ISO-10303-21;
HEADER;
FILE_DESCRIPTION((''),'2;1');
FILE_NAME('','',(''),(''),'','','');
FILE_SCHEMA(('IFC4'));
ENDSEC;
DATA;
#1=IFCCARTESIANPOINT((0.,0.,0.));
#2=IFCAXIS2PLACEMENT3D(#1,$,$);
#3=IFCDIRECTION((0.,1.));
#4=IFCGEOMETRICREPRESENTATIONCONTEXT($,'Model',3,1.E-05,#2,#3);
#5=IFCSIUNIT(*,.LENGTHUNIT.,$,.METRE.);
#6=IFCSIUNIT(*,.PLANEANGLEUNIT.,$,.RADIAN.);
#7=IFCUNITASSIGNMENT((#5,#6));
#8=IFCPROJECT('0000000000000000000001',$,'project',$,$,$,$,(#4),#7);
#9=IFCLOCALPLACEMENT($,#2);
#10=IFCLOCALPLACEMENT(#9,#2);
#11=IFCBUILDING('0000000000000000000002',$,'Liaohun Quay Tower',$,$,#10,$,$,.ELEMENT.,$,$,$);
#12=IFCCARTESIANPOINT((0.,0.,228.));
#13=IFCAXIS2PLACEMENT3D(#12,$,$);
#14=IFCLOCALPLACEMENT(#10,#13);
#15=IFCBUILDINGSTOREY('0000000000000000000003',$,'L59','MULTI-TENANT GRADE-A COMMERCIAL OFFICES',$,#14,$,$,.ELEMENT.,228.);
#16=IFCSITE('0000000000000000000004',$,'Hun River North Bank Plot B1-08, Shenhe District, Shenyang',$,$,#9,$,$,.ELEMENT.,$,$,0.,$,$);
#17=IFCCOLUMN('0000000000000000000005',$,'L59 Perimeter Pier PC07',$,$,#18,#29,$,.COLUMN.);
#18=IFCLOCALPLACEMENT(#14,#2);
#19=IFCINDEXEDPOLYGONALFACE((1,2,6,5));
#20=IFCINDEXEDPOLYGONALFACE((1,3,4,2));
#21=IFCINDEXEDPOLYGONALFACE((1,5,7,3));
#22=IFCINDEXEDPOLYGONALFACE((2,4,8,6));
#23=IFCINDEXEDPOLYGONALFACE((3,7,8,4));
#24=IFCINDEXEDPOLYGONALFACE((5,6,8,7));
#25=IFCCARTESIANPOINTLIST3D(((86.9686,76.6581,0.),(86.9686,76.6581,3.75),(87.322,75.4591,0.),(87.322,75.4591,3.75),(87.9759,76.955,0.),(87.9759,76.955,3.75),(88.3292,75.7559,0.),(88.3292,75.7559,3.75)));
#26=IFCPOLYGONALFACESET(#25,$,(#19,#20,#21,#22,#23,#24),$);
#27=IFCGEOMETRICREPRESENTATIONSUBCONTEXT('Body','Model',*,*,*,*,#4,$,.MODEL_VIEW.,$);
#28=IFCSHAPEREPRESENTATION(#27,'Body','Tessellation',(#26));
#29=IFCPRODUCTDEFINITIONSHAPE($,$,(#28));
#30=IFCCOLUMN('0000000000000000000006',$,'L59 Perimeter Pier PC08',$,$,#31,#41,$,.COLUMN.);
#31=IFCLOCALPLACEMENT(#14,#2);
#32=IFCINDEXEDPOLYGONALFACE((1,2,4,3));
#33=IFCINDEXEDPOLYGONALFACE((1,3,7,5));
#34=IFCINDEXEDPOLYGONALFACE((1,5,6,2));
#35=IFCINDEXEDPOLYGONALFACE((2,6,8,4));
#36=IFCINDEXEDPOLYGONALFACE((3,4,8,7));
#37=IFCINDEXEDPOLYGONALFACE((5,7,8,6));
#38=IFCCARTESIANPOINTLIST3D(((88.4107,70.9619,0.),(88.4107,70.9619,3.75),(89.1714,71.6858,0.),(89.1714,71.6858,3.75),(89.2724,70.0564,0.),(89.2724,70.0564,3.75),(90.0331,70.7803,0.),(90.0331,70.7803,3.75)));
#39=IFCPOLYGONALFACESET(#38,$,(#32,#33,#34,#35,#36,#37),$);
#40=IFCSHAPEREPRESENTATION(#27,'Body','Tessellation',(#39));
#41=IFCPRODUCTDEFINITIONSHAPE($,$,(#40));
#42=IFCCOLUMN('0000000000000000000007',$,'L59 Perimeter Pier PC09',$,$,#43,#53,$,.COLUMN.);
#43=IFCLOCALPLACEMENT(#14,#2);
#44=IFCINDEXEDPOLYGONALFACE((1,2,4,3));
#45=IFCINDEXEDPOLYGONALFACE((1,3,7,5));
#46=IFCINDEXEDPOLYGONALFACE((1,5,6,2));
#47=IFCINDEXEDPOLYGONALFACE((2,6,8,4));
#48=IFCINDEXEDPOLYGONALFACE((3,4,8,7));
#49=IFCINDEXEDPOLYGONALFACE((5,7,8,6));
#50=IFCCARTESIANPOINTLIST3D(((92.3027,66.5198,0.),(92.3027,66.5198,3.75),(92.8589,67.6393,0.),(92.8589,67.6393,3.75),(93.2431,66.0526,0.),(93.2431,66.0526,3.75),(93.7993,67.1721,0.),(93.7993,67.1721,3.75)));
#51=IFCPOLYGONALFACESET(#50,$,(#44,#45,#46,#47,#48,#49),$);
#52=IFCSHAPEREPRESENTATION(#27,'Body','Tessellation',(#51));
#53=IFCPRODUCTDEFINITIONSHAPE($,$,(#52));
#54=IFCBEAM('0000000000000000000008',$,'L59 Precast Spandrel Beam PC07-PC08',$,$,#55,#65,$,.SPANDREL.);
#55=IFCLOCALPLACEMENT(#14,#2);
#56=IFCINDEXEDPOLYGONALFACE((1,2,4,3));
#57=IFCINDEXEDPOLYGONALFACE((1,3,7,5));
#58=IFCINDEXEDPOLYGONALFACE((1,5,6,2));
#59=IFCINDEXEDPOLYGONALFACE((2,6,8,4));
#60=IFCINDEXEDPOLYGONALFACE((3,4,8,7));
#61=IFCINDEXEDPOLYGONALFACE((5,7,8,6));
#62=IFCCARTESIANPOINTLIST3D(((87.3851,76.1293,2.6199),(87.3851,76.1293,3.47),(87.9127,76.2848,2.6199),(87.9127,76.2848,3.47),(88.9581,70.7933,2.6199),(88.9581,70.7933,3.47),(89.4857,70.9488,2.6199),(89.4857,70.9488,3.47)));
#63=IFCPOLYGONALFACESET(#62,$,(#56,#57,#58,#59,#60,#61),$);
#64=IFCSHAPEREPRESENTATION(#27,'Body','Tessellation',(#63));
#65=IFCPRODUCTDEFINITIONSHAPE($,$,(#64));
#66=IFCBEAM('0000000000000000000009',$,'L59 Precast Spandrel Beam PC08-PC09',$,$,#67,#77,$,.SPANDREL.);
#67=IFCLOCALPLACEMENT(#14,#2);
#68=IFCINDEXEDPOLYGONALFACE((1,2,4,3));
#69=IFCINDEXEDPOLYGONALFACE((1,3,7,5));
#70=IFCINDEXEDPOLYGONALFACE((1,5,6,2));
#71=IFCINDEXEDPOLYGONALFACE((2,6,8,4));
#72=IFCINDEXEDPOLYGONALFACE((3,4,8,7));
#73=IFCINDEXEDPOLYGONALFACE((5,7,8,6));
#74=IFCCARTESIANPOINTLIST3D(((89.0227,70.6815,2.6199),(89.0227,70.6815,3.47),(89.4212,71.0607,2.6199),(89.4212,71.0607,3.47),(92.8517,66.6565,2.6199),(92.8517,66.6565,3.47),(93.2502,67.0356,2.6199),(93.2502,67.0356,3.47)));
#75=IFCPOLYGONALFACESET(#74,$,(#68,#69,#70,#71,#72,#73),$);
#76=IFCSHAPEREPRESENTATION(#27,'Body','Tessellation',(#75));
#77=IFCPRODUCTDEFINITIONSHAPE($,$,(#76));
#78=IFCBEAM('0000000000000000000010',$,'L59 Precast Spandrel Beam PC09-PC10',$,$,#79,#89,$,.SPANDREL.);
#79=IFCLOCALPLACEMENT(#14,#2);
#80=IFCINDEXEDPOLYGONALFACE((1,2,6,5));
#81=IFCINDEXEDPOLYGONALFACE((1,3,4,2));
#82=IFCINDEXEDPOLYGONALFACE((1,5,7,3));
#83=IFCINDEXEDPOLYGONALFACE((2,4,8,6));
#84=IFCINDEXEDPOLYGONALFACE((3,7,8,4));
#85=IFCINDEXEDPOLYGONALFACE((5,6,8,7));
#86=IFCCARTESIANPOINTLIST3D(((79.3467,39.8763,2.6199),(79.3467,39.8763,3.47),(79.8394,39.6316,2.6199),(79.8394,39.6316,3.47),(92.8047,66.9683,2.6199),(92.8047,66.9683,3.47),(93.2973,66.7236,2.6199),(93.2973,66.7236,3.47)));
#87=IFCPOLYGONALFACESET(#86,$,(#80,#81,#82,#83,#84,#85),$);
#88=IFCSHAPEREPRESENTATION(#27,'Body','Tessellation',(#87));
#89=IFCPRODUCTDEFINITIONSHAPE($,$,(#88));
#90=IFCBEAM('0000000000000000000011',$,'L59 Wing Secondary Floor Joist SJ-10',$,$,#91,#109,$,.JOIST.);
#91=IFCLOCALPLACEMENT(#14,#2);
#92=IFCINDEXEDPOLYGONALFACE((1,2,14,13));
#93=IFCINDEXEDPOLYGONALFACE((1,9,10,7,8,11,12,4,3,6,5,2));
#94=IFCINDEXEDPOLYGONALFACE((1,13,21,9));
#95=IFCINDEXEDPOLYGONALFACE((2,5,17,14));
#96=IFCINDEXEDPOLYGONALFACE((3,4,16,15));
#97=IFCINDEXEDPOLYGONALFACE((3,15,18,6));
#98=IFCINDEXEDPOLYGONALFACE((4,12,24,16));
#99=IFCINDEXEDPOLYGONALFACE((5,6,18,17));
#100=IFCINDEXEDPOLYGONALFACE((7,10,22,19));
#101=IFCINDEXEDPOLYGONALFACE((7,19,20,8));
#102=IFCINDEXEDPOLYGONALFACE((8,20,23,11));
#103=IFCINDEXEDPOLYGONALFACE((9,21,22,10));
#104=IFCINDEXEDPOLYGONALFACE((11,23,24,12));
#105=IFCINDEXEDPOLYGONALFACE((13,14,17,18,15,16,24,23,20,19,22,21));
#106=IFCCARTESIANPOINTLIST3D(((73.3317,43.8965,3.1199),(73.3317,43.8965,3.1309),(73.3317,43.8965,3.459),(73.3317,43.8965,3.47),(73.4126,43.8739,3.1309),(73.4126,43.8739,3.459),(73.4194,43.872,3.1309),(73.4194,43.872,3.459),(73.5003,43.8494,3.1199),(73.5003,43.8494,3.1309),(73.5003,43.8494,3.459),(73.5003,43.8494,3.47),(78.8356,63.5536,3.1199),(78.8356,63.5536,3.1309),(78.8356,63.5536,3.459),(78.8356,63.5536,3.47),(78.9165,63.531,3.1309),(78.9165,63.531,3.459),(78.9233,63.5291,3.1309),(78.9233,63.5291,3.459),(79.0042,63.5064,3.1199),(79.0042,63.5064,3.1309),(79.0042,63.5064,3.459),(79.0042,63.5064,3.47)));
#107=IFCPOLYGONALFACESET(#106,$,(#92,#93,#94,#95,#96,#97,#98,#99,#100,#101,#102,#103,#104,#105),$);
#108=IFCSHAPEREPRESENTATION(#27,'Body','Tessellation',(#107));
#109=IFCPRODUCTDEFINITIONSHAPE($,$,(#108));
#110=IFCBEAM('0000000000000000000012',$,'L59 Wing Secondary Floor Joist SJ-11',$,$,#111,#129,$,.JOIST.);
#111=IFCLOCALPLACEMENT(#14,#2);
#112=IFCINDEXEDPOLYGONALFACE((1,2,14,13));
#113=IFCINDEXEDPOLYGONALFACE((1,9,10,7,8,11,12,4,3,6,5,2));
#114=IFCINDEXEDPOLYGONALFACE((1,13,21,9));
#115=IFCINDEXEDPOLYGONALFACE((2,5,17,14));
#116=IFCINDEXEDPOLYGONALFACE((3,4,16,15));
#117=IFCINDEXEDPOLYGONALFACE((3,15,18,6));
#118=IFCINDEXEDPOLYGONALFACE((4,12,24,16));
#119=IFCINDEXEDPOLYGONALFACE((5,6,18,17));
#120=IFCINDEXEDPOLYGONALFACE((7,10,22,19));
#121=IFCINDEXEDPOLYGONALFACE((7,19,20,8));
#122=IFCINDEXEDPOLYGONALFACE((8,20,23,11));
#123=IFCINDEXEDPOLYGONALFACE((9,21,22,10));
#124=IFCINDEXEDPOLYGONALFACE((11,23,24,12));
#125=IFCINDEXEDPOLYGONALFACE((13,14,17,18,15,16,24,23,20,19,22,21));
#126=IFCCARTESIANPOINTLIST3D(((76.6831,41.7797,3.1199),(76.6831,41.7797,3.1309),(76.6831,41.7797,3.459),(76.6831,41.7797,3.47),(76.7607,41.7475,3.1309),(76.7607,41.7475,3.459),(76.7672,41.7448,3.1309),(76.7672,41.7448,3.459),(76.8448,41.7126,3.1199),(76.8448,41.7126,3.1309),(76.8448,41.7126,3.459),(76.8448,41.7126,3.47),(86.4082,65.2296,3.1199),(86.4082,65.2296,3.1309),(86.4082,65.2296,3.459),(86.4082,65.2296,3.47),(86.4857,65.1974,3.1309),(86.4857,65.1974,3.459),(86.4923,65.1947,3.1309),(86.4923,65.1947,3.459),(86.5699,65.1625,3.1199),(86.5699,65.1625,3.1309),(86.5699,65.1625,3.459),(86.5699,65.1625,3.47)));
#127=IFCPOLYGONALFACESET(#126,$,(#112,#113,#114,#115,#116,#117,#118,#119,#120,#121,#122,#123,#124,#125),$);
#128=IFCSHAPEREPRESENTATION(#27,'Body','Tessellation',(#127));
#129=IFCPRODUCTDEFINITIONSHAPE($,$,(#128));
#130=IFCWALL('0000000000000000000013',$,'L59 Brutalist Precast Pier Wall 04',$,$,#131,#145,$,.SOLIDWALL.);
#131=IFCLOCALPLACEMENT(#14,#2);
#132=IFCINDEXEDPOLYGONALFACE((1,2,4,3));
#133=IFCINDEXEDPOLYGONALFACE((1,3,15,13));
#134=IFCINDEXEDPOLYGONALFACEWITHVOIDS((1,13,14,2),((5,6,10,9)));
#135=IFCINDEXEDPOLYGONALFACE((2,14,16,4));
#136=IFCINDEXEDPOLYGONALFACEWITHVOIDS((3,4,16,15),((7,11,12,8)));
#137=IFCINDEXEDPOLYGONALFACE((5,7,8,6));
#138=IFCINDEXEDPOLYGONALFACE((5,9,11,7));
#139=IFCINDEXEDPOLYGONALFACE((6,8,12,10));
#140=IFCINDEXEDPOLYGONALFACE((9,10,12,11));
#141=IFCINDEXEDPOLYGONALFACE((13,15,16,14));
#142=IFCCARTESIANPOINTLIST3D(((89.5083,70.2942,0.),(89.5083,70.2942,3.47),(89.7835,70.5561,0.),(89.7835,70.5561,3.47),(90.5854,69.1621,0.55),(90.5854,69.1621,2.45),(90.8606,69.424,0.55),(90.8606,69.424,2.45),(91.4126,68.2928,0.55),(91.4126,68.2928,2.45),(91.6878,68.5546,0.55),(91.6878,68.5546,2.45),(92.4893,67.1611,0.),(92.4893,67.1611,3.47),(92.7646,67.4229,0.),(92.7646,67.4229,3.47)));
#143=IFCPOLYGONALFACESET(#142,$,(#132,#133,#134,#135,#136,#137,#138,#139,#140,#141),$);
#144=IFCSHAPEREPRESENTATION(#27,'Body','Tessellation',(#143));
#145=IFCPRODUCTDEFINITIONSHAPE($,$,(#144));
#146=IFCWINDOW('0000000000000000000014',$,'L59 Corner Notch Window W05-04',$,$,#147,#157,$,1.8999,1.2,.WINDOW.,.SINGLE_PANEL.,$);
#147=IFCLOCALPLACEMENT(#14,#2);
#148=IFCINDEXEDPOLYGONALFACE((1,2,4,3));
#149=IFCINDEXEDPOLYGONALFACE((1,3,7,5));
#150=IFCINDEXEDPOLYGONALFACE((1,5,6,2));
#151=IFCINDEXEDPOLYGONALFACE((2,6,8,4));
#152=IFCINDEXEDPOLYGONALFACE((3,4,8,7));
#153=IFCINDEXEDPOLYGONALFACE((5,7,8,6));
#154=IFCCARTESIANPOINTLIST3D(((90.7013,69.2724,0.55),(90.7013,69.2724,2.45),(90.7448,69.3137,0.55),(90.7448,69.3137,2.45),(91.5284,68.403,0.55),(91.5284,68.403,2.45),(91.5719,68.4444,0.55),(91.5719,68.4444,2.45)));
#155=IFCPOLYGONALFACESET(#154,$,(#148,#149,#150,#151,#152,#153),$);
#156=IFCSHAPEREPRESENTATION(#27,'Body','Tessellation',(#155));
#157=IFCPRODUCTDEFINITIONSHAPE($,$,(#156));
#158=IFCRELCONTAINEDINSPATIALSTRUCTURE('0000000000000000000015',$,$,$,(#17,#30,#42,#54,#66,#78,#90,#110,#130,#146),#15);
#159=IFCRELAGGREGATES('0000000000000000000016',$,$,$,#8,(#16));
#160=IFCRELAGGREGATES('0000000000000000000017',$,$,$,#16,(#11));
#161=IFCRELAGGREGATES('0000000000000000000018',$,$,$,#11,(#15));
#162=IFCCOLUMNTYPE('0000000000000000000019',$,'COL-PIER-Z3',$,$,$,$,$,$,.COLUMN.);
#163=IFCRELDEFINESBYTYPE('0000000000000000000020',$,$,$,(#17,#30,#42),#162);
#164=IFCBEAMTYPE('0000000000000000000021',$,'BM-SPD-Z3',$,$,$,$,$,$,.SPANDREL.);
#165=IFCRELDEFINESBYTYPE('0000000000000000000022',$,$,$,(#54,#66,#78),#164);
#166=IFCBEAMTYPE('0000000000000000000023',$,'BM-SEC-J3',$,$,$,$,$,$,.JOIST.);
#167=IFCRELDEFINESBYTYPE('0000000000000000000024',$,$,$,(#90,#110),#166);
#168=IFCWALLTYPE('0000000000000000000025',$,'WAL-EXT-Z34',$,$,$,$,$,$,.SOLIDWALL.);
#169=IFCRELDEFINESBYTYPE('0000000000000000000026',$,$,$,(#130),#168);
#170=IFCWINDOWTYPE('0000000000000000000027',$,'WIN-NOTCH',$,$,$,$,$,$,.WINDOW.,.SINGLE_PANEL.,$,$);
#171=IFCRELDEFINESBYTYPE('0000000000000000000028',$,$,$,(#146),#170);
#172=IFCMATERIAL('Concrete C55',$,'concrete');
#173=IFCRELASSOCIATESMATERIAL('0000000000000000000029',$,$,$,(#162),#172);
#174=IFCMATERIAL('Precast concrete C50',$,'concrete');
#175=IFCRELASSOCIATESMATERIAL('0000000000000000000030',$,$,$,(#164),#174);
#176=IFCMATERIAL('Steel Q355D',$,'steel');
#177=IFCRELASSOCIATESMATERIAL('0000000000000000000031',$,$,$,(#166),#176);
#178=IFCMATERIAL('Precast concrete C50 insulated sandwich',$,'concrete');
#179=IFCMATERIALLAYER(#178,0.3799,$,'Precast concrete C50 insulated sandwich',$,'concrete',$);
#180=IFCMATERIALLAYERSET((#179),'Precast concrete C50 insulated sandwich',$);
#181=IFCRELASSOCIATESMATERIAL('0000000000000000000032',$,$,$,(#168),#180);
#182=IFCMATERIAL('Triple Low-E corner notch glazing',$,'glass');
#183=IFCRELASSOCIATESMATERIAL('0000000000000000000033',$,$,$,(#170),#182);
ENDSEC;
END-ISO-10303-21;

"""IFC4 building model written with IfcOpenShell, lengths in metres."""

from ifc_helpers import new_model, si_unit, direction, frame, frame_2d, origin, origin_2d, place, context, subcontext, project, spatial, rectangle, i_section, extrude, source, transform, mapped, material, layer, layer_set, material_profile, profile_set, type_object, element, fill, save


model = new_model("IFC4")

# Units and contexts
model_context = context("Model", 3, precision=1e-05, world=origin(), true_north=direction((0.0, 1.0)))
body_context = subcontext(model_context, "Body", "Model", "MODEL_VIEW")
ifc_project = project(units=[si_unit("LENGTHUNIT", "METRE"), si_unit("PLANEANGLEUNIT", "RADIAN")], contexts=[model_context])

# Site, building, storey
site_placement = place(None, origin())
site = spatial("IfcSite", under=ifc_project, at=site_placement, Name="Hun River North Bank Plot B1-08, Shenhe District, Shenyang", CompositionType="ELEMENT", RefElevation=0.0)
building_placement = place(site_placement, origin())
building = spatial("IfcBuilding", under=site, at=building_placement, Name="Liaohun Quay Tower", CompositionType="ELEMENT")
storey_placement = place(building_placement, frame((0.0, 0.0, 228.0)))
storey = spatial("IfcBuildingStorey", under=building, at=storey_placement, Name="L59", Description="MULTI-TENANT GRADE-A COMMERCIAL OFFICES", CompositionType="ELEMENT", Elevation=228.0)

# Columns
ifc_material_1 = material(Name="Concrete C55", Category="concrete")
ifc_material_profile_1 = material_profile(ifc_material_1, rectangle(XDim=1.25, YDim=1.05, at=origin_2d()), Name="RC1250x1050")
ifc_profile_set_1 = profile_set([ifc_material_profile_1], Name="Concrete C55")
column_type = type_object("IfcColumnType", Name="COL-PIER-Z3", PredefinedType="COLUMN", material=ifc_profile_set_1)
shared_shape_1 = source(origin(), body_context, "Body", "SweptSolid", [
    extrude(rectangle(XDim=1.25, YDim=1.05, at=origin_2d()), origin(), (0.0, 0.0, 1.0), 3.75),
])
for number, where, z_axis, x_axis, name in (
    (1, (87.6489, 76.207, 0.0), (0.0, 0.0, 1.0), (-0.282676, 0.959215, 0.0), "L59 Perimeter Pier PC07"),
    (2, (89.2219, 70.8711, 0.0), (0.0, 0.0, 1.0), (-0.689367, 0.724413, 0.0), "L59 Perimeter Pier PC08"),
    (3, (93.051, 66.8459, 0.0), (0.0, 0.0, 1.0), (0.444948, 0.895556, 0.0), "L59 Perimeter Pier PC09"),
):
    element("IfcColumn", number, at=place(storey_placement, frame(where, z_axis=z_axis, x_axis=x_axis)), inside=storey, type_object=column_type, Name=name, PredefinedType="COLUMN", context=body_context, shape_type="MappedRepresentation", body=[
        mapped(shared_shape_1, transform((0.0, 0.0, 0.0), x_axis=(1.0, 0.0, 0.0), y_axis=(0.0, 1.0, 0.0), z_axis=(0.0, 0.0, 1.0), scale=1.0)),
    ])

# Beams
ifc_material_2 = material(Name="Precast concrete C50", Category="concrete")
ifc_material_profile_2 = material_profile(ifc_material_2, rectangle(XDim=0.55, YDim=0.8501, at=origin_2d()), Name="RC550x850")
ifc_profile_set_2 = profile_set([ifc_material_profile_2], Name="Precast concrete C50")
beam_type_1 = type_object("IfcBeamType", Name="BM-SPD-Z3", PredefinedType="SPANDREL", material=ifc_profile_set_2)
shared_shape_2 = source(origin(), body_context, "Body", "SweptSolid", [
    extrude(rectangle(XDim=0.55, YDim=0.8501, at=origin_2d()), origin(), (0.0, 0.0, 1.0), 5.563),
])
beam_1_placement = place(storey_placement, frame((87.6489, 76.207, 3.0449), z_axis=(0.282763, -0.95919, 0.0), x_axis=(0.95919, 0.282763, 0.0)))
element("IfcBeam", 4, at=beam_1_placement, inside=storey, type_object=beam_type_1, Name="L59 Precast Spandrel Beam PC07-PC08", PredefinedType="SPANDREL", context=body_context, shape_type="MappedRepresentation", body=[
    mapped(shared_shape_2, transform((0.0, 0.0, 0.0), x_axis=(1.0, 0.0, 0.0), y_axis=(0.0, 1.0, 0.0), z_axis=(0.0, 0.0, 1.0), scale=1.0)),
])
shared_shape_3 = source(origin(), body_context, "Body", "SweptSolid", [
    extrude(rectangle(XDim=0.55, YDim=0.8501, at=origin_2d()), origin(), (0.0, 0.0, 1.0), 5.5554),
])
beam_2_placement = place(storey_placement, frame((89.2219, 70.8711, 3.0449), z_axis=(0.689242, -0.724531, 0.0), x_axis=(0.724531, 0.689242, 0.0)))
element("IfcBeam", 5, at=beam_2_placement, inside=storey, type_object=beam_type_1, Name="L59 Precast Spandrel Beam PC08-PC09", PredefinedType="SPANDREL", context=body_context, shape_type="MappedRepresentation", body=[
    mapped(shared_shape_3, transform((0.0, 0.0, 0.0), x_axis=(1.0, 0.0, 0.0), y_axis=(0.0, 1.0, 0.0), z_axis=(0.0, 0.0, 1.0), scale=1.0)),
])
shared_shape_4 = source(origin(), body_context, "Body", "SweptSolid", [
    extrude(rectangle(XDim=0.55, YDim=0.8501, at=origin_2d()), origin(), (0.0, 0.0, 1.0), 30.2505),
])
beam_3_placement = place(storey_placement, frame((93.051, 66.8459, 3.0449), z_axis=(-0.444885, -0.895588, 0.0), x_axis=(0.895588, -0.444885, 0.0)))
element("IfcBeam", 6, at=beam_3_placement, inside=storey, type_object=beam_type_1, Name="L59 Precast Spandrel Beam PC09-PC10", PredefinedType="SPANDREL", context=body_context, shape_type="MappedRepresentation", body=[
    mapped(shared_shape_4, transform((0.0, 0.0, 0.0), x_axis=(1.0, 0.0, 0.0), y_axis=(0.0, 1.0, 0.0), z_axis=(0.0, 0.0, 1.0), scale=1.0)),
])
ifc_material_3 = material(Name="Steel Q355D", Category="steel")
ifc_material_profile_3 = material_profile(ifc_material_3, i_section(OverallWidth=0.175, OverallDepth=0.3501, WebThickness=0.0071, FlangeThickness=0.011, at=origin_2d()), Name="HN350x175x7x11")
ifc_profile_set_3 = profile_set([ifc_material_profile_3], Name="Steel Q355D")
beam_type_2 = type_object("IfcBeamType", Name="BM-SEC-J3", PredefinedType="JOIST", material=ifc_profile_set_3)
shared_shape_5 = source(origin(), body_context, "Body", "SweptSolid", [
    extrude(i_section(OverallWidth=0.175, OverallDepth=0.3501, WebThickness=0.0071, FlangeThickness=0.011, at=origin_2d()), origin(), (0.0, 0.0, 1.0), 20.4131),
])
beam_4_placement = place(storey_placement, frame((78.9199, 63.53, 3.2949), z_axis=(-0.269628, -0.962965, 0.0), x_axis=(0.962965, -0.269628, 0.0)))
element("IfcBeam", 7, at=beam_4_placement, inside=storey, type_object=beam_type_2, Name="L59 Wing Secondary Floor Joist SJ-10", PredefinedType="JOIST", context=body_context, shape_type="MappedRepresentation", body=[
    mapped(shared_shape_5, transform((0.0, 0.0, 0.0), x_axis=(1.0, 0.0, 0.0), y_axis=(0.0, 1.0, 0.0), z_axis=(0.0, 0.0, 1.0), scale=1.0)),
])
shared_shape_6 = source(origin(), body_context, "Body", "SweptSolid", [
    extrude(i_section(OverallWidth=0.175, OverallDepth=0.3501, WebThickness=0.0071, FlangeThickness=0.011, at=origin_2d()), origin(), (0.0, 0.0, 1.0), 25.3865),
])
beam_5_placement = place(storey_placement, frame((86.489, 65.196, 3.2949), z_axis=(-0.38308, -0.923715, 0.0), x_axis=(0.923715, -0.38308, 0.0)))
element("IfcBeam", 8, at=beam_5_placement, inside=storey, type_object=beam_type_2, Name="L59 Wing Secondary Floor Joist SJ-11", PredefinedType="JOIST", context=body_context, shape_type="MappedRepresentation", body=[
    mapped(shared_shape_6, transform((0.0, 0.0, 0.0), x_axis=(1.0, 0.0, 0.0), y_axis=(0.0, 1.0, 0.0), z_axis=(0.0, 0.0, 1.0), scale=1.0)),
])

# Wall, opening, window
ifc_material_4 = material(Name="Precast concrete C50 insulated sandwich", Category="concrete")
ifc_layer_1 = layer(ifc_material_4, 0.3799, Name="Precast concrete C50 insulated sandwich", Category="concrete")
ifc_layer_set_1 = layer_set([ifc_layer_1], Name="Precast concrete C50 insulated sandwich")
wall_type_1 = type_object("IfcWallType", Name="WAL-EXT-Z34", PredefinedType="SOLIDWALL", material=ifc_layer_set_1)
wall_1_placement = place(storey_placement, frame((92.627, 67.292, 0.0), z_axis=(0.0, 0.0, 1.0), x_axis=(-0.689303, 0.724473, 0.0)))
wall_1 = element("IfcWall", 9, at=wall_1_placement, inside=storey, type_object=wall_type_1, Name="L59 Brutalist Precast Pier Wall 04", PredefinedType="SOLIDWALL", context=body_context, shape_type="SweptSolid", body=[
    extrude(rectangle(XDim=4.3247, YDim=0.3799, at=frame_2d((2.1624, 0.0))), origin(), (0.0, 0.0, 1.0), 3.47),
])
shared_shape_7 = source(origin(), body_context, "Body", "SweptSolid", [
    extrude(rectangle(XDim=1.2, YDim=1.8999, at=frame_2d((0.6001, 0.95))), frame((0.0, 0.2, 0.0), z_axis=(0.0, -1.0, 0.0), x_axis=(1.0, 0.0, 0.0)), (0.0, 0.0, 1.0), 0.3999),
])
opening_1_placement = place(wall_1_placement, frame((1.562, 0.0, 0.55)))
opening_1 = element("IfcOpeningElement", 10, at=opening_1_placement, cuts=wall_1, PredefinedType="OPENING", context=body_context, shape_type="MappedRepresentation", body=[
    mapped(shared_shape_7, transform((0.0, 0.0, 0.0), x_axis=(1.0, 0.0, 0.0), y_axis=(0.0, 1.0, 0.0), z_axis=(0.0, 0.0, 1.0), scale=1.0)),
])
ifc_material_5 = material(Name="Triple Low-E corner notch glazing", Category="glass")
window_type_1 = type_object("IfcWindowType", Name="WIN-NOTCH", PartitioningType="SINGLE_PANEL", PredefinedType="WINDOW", material=ifc_material_5)
shared_shape_8 = source(origin(), body_context, "Body", "SweptSolid", [
    extrude(rectangle(XDim=1.2, YDim=1.8999, at=frame_2d((0.6001, 0.95))), frame((0.0, 0.03, 0.0), z_axis=(0.0, -1.0, 0.0), x_axis=(1.0, 0.0, 0.0)), (0.0, 0.0, 1.0), 0.0601),
])
window_1_placement = place(opening_1_placement, origin())
window_1 = element("IfcWindow", 11, at=window_1_placement, inside=storey, type_object=window_type_1, Name="L59 Corner Notch Window W05-04", OverallHeight=1.8999, OverallWidth=1.2, PartitioningType="SINGLE_PANEL", PredefinedType="WINDOW", context=body_context, shape_type="MappedRepresentation", body=[
    mapped(shared_shape_8, transform((0.0, 0.0, 0.0), x_axis=(1.0, 0.0, 0.0), y_axis=(0.0, 1.0, 0.0), z_axis=(0.0, 0.0, 1.0), scale=1.0)),
])
fill(opening_1, window_1)

save(model, "model.ifc")
